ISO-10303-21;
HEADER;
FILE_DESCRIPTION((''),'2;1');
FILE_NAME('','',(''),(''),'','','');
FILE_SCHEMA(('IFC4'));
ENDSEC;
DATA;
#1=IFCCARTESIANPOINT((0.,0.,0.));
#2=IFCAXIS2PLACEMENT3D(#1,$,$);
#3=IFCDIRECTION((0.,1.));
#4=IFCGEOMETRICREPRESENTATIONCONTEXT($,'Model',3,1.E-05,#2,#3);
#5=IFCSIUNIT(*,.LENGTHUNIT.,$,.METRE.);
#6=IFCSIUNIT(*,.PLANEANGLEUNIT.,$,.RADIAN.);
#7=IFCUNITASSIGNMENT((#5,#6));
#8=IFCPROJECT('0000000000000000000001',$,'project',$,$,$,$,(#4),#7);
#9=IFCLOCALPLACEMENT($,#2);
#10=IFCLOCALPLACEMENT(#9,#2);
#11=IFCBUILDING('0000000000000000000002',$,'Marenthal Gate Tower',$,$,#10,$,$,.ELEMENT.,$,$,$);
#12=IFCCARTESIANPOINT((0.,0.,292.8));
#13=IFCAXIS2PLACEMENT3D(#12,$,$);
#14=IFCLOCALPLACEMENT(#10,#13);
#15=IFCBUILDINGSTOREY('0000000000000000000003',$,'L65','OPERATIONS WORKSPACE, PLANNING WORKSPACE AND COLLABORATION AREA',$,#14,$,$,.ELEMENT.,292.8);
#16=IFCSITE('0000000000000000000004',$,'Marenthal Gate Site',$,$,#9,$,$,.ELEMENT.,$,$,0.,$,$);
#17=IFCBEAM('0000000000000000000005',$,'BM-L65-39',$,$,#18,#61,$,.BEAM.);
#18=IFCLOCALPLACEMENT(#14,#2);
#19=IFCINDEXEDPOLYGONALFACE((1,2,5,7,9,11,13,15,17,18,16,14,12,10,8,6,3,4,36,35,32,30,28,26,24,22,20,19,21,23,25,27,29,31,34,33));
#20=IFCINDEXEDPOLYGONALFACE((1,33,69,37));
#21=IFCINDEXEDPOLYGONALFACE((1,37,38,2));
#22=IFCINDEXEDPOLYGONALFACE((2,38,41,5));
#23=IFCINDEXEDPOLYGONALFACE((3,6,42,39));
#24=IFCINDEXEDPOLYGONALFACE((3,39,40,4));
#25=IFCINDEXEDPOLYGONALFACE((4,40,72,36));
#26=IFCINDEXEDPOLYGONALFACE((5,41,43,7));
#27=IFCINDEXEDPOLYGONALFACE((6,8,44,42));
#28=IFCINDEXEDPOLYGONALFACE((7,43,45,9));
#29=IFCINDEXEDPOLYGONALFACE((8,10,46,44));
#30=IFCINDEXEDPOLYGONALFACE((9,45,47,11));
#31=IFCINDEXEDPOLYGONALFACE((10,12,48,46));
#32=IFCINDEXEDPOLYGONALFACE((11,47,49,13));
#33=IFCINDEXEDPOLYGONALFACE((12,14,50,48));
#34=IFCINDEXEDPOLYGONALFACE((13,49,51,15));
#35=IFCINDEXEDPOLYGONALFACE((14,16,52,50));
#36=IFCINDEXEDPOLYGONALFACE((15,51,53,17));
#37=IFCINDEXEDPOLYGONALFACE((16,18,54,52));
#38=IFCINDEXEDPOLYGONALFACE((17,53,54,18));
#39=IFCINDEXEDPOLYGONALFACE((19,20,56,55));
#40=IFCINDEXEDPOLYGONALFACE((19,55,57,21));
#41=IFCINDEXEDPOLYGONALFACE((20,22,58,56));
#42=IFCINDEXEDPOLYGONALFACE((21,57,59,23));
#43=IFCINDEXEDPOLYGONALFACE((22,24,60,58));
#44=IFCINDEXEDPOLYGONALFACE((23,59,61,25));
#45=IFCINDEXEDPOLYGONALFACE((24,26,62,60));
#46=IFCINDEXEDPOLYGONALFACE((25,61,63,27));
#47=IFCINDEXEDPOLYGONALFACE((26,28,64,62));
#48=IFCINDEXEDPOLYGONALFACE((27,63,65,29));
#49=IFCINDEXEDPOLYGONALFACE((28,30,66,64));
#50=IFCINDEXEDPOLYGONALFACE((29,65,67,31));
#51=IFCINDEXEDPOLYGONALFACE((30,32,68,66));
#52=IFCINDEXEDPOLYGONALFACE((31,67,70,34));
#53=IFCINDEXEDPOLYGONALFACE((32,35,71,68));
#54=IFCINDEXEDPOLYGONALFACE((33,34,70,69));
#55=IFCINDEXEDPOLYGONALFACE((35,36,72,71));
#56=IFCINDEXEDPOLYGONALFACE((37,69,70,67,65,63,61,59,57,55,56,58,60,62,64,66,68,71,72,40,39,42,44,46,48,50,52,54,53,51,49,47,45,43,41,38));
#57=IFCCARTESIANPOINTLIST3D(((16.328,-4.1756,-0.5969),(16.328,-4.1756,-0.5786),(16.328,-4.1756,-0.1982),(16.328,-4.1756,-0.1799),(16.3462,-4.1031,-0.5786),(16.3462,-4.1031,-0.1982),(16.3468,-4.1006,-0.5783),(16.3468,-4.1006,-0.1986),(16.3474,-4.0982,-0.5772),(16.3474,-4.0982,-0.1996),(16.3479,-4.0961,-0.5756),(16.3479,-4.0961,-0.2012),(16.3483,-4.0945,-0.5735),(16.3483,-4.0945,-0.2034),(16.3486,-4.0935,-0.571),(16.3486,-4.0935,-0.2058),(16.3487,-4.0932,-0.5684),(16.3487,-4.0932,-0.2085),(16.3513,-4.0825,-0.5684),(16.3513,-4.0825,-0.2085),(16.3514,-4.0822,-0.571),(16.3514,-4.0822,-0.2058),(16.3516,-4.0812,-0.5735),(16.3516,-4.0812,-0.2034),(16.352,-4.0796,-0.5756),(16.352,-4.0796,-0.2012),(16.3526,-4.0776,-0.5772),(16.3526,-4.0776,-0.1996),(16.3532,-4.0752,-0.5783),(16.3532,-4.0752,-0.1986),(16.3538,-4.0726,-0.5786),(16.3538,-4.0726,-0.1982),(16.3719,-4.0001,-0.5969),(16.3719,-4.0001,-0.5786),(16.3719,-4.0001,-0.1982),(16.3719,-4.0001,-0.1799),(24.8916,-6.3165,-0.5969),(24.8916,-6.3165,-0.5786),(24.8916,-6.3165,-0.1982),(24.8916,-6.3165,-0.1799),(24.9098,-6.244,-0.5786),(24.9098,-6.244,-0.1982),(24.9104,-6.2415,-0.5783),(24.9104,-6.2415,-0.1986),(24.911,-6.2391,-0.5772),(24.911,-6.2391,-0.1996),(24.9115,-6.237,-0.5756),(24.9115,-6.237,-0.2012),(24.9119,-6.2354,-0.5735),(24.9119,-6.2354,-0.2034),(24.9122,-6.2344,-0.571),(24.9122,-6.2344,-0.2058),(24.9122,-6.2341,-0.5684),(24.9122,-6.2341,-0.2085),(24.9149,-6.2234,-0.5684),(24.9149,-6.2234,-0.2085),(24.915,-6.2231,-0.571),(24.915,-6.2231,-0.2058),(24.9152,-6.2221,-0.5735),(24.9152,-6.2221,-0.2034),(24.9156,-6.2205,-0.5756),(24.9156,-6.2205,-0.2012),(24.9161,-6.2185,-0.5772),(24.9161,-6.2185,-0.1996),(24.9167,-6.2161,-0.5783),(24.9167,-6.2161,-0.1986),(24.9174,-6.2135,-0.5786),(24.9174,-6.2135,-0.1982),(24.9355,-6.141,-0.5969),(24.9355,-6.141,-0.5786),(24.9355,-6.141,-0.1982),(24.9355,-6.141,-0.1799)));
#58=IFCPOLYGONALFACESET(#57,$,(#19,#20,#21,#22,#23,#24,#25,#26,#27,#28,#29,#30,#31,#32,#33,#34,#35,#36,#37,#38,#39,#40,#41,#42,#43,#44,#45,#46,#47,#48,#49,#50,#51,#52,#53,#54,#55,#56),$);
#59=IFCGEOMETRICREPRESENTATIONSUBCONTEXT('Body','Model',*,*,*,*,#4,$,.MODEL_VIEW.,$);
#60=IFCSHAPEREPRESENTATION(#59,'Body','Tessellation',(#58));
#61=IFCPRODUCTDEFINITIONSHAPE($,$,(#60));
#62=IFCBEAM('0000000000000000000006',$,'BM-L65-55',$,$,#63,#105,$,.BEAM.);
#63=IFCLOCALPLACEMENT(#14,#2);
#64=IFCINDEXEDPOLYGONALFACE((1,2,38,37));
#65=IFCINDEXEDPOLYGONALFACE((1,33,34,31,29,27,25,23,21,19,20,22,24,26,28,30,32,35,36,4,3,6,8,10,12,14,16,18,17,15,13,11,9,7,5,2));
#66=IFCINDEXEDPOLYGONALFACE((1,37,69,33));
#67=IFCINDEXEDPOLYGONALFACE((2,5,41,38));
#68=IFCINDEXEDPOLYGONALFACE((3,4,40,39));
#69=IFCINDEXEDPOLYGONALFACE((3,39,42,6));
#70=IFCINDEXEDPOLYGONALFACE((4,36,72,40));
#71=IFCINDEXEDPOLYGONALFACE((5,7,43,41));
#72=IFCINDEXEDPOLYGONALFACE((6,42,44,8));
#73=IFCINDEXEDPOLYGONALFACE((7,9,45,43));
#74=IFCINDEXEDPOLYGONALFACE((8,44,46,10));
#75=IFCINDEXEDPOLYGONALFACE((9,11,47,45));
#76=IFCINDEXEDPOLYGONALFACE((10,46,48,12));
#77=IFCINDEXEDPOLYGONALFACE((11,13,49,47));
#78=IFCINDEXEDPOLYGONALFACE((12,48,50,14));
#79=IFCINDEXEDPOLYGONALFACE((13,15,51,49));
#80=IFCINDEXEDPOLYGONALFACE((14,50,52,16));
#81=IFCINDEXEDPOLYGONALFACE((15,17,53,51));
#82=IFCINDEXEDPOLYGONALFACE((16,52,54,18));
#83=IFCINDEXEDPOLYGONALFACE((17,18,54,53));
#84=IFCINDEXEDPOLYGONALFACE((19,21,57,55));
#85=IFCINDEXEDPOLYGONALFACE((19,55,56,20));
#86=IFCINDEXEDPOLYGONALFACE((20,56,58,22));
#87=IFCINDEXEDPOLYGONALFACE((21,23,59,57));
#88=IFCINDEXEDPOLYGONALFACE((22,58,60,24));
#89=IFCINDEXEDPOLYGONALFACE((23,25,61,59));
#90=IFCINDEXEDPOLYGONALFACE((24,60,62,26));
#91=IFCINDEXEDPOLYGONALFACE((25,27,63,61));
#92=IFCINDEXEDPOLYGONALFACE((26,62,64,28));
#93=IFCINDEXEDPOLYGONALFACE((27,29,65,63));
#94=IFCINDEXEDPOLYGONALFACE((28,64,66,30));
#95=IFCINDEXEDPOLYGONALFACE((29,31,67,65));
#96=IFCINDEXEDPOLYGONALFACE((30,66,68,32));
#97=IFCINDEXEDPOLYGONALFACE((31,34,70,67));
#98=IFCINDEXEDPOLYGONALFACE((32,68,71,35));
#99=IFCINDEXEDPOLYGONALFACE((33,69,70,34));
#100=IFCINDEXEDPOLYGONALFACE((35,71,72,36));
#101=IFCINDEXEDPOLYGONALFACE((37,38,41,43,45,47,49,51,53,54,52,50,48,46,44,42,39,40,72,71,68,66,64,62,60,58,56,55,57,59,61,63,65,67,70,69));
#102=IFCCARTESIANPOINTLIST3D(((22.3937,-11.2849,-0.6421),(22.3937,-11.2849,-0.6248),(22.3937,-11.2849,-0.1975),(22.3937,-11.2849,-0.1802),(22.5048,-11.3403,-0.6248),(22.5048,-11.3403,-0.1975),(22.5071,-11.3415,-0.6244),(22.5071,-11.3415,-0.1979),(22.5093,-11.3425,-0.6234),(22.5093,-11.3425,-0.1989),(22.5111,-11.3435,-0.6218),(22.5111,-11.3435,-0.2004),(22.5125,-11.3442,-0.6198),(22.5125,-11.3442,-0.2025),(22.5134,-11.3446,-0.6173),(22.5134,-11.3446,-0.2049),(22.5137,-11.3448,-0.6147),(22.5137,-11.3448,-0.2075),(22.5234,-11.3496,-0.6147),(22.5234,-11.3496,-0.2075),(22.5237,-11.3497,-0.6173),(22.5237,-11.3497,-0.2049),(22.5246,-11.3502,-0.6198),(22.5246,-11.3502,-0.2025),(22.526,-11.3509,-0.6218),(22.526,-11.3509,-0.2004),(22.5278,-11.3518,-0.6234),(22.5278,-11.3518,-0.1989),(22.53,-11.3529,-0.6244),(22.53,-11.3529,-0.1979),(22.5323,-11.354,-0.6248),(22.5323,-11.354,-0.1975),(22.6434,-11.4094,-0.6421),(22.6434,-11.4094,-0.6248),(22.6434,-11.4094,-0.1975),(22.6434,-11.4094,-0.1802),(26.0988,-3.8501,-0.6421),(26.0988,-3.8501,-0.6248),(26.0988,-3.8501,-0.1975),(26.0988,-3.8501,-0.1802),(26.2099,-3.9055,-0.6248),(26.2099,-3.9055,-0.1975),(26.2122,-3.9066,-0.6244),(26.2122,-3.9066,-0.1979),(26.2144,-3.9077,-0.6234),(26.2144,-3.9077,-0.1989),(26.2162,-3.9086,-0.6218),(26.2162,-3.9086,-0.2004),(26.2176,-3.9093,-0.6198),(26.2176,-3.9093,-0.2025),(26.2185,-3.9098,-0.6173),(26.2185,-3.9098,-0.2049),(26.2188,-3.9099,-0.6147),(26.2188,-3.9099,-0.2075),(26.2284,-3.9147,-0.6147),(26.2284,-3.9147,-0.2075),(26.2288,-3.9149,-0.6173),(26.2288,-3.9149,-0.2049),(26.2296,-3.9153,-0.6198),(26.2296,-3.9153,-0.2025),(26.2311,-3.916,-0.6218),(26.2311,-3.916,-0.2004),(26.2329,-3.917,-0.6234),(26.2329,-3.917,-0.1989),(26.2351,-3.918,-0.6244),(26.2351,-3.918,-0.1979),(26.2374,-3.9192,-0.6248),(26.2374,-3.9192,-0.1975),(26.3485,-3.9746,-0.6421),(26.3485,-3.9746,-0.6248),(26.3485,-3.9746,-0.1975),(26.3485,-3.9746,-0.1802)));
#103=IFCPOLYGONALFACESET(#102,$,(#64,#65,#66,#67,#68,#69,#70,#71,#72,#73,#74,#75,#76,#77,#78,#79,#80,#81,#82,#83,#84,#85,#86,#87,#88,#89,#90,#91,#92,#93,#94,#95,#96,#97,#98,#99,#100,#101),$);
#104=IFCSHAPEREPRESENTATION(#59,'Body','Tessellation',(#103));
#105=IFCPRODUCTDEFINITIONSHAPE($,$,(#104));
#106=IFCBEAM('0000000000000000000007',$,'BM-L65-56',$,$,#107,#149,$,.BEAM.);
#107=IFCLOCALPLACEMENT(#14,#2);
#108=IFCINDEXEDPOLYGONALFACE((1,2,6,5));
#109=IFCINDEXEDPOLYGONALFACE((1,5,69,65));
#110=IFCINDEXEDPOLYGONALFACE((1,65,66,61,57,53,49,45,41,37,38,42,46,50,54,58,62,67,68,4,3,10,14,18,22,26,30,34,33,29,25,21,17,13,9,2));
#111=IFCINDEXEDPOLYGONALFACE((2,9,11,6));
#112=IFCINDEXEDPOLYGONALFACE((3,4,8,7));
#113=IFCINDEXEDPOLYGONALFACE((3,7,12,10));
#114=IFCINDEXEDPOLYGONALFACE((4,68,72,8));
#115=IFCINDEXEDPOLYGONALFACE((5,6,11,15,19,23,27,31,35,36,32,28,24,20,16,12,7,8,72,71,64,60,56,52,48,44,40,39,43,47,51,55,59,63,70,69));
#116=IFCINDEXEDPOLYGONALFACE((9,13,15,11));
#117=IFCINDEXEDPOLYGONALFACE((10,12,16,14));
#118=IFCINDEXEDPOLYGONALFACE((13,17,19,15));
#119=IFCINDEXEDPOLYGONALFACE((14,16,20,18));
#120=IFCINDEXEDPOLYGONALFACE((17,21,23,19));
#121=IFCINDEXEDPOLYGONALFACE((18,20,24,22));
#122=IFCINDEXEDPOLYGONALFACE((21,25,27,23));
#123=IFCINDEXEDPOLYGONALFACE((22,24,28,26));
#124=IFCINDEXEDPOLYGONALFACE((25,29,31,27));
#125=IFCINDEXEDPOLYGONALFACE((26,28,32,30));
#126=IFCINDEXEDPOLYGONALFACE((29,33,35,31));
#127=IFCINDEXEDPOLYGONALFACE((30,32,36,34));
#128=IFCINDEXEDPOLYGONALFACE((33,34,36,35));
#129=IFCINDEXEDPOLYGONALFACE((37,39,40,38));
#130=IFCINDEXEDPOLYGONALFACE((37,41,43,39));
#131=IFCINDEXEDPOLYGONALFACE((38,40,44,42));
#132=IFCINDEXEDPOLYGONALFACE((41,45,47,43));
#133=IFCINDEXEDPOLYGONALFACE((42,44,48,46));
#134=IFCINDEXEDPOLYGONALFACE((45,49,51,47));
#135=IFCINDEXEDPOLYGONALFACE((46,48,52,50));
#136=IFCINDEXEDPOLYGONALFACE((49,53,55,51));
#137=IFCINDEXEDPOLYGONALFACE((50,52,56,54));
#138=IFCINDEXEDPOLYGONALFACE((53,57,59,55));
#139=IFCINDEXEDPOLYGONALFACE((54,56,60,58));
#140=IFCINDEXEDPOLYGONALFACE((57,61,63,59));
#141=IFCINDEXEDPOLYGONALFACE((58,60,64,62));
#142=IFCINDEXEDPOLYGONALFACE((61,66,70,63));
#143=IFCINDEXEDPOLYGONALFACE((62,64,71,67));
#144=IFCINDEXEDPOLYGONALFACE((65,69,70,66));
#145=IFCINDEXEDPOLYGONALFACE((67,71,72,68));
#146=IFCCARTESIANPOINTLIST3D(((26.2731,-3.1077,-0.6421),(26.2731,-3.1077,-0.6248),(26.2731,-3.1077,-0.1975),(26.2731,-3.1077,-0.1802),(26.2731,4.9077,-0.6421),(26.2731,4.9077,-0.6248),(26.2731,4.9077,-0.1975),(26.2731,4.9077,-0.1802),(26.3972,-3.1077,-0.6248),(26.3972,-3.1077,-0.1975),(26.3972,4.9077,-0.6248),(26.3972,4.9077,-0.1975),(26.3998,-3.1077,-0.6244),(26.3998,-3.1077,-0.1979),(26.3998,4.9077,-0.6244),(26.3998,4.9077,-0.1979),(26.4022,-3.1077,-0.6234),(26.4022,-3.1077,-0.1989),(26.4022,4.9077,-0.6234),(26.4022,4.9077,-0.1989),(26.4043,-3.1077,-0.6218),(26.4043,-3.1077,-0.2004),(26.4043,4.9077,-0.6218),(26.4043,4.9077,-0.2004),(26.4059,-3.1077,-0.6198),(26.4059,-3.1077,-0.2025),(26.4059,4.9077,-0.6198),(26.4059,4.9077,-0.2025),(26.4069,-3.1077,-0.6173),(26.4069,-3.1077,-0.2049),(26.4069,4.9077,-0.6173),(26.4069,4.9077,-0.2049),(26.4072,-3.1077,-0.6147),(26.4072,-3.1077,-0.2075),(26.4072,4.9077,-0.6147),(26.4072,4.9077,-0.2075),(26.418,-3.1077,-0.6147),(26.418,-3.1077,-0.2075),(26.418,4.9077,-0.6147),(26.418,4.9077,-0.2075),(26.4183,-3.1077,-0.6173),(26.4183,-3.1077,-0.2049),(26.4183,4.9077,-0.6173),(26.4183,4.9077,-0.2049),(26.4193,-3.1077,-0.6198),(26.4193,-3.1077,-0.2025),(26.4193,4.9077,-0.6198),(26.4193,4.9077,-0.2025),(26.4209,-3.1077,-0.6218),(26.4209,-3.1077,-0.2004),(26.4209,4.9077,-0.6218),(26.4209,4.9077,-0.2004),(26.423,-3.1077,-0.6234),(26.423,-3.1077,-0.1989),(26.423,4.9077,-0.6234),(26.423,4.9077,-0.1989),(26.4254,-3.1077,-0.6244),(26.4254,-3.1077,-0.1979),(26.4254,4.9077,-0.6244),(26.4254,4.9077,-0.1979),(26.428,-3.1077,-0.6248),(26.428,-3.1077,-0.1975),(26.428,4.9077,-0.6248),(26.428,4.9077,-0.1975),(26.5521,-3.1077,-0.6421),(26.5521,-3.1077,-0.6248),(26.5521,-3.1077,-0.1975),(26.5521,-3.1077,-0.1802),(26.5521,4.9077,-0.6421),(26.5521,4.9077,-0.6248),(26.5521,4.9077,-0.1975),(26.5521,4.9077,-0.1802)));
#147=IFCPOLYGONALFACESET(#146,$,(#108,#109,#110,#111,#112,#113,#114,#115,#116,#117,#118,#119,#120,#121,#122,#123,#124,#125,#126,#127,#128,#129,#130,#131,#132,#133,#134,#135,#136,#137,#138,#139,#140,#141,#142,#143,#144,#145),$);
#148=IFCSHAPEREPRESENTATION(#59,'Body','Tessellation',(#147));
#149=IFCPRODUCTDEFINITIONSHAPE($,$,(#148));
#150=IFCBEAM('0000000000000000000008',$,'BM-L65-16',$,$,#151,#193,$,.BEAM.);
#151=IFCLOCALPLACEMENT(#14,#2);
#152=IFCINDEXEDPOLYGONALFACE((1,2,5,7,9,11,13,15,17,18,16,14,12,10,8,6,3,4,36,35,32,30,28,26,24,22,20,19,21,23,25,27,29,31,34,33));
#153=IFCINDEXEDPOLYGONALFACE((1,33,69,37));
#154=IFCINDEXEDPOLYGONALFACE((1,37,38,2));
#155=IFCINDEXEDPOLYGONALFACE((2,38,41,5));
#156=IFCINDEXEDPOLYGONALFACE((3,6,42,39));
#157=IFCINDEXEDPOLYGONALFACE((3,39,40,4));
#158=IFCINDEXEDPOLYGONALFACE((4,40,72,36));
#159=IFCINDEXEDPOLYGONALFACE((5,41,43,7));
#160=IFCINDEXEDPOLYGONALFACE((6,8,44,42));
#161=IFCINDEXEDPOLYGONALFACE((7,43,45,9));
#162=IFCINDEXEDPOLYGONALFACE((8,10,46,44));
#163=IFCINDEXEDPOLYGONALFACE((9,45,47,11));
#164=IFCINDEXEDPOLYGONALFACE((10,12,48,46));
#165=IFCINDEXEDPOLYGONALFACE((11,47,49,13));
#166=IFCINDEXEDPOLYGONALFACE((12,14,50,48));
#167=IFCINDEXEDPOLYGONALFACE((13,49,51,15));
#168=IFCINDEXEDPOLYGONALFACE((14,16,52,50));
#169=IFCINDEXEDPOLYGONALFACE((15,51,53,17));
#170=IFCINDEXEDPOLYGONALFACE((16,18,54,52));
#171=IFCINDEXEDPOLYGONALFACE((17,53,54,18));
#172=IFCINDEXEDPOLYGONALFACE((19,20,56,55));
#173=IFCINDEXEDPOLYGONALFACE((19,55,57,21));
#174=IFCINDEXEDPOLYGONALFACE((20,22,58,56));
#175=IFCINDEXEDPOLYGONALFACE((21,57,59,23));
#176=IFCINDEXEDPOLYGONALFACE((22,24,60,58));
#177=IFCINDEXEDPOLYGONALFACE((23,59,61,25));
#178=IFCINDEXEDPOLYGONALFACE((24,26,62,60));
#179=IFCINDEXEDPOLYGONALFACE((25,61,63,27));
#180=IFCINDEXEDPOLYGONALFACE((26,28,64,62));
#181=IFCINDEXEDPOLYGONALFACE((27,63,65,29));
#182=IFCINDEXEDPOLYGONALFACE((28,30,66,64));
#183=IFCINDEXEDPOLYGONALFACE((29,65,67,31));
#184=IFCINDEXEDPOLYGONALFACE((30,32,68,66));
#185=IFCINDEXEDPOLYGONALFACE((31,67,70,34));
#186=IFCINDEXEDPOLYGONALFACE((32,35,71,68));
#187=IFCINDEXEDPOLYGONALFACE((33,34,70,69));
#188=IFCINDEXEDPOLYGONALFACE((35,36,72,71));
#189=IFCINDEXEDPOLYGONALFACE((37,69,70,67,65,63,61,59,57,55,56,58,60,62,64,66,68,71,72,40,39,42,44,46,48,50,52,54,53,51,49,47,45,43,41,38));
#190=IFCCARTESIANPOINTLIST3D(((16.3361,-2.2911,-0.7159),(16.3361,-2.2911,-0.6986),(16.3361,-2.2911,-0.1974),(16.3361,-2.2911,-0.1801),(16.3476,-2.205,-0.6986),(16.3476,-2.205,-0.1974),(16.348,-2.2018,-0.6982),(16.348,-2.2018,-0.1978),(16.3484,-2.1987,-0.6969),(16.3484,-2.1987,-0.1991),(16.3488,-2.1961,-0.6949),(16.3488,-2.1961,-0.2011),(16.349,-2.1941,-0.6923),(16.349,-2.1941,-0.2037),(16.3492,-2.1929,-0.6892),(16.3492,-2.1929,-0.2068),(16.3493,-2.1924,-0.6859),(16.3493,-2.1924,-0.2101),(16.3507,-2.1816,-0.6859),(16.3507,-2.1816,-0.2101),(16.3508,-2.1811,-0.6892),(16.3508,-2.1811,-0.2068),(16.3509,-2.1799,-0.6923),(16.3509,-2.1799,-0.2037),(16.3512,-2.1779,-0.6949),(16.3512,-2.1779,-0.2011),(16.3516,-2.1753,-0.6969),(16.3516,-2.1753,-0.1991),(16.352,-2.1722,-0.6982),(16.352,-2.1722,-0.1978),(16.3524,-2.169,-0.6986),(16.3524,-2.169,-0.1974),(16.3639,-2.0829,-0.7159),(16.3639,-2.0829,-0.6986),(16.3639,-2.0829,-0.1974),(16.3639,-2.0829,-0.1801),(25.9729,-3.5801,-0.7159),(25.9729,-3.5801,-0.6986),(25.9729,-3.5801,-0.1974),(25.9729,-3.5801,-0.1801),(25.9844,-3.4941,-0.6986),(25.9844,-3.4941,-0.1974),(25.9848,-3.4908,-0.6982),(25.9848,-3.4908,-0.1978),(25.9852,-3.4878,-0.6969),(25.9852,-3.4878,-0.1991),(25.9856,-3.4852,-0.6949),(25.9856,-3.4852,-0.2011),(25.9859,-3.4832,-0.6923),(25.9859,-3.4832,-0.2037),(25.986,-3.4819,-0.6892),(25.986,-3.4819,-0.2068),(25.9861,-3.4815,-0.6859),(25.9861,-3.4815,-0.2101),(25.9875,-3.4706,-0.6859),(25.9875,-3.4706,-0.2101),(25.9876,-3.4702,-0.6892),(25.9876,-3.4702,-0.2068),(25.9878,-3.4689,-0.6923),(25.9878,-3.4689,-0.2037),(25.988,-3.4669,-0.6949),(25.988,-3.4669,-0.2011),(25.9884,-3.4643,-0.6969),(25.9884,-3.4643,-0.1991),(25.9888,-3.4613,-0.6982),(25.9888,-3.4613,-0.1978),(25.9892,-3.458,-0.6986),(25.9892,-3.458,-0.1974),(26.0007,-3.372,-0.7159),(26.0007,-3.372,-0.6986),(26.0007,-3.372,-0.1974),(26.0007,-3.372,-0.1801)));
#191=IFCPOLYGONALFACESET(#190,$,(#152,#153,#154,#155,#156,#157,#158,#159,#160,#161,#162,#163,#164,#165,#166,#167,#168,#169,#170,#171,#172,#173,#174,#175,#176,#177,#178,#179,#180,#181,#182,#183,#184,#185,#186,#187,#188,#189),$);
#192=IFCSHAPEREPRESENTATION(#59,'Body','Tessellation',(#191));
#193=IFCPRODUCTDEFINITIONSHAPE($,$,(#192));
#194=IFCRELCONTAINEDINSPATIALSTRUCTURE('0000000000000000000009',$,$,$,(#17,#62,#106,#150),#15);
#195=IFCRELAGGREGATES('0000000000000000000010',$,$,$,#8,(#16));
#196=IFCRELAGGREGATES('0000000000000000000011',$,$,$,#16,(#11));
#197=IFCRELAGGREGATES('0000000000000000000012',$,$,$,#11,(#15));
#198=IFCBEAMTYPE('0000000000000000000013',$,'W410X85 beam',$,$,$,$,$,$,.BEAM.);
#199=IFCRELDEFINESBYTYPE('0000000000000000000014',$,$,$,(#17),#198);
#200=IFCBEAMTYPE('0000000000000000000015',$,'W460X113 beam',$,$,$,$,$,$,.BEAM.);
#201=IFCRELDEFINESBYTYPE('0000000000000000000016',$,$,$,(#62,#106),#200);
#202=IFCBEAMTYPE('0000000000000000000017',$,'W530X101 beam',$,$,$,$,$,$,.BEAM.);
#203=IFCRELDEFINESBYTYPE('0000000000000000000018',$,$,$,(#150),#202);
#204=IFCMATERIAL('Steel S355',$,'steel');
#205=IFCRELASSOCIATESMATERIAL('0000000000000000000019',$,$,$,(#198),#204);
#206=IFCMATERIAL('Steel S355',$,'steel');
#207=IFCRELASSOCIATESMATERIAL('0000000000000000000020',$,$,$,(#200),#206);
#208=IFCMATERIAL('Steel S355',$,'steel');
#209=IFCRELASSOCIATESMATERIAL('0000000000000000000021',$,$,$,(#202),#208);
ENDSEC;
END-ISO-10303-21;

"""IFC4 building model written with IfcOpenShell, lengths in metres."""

from ifc_helpers import new_model, si_unit, direction, frame, origin, origin_2d, place, context, subcontext, project, spatial, i_section, extrude, material, material_profile, profile_set, type_object, element, save


model = new_model("IFC4")

# Units and contexts
model_context = context("Model", 3, precision=1e-05, world=origin(), true_north=direction((0.0, 1.0)))
body_context = subcontext(model_context, "Body", "Model", "MODEL_VIEW")
ifc_project = project(units=[si_unit("LENGTHUNIT", "METRE"), si_unit("PLANEANGLEUNIT", "RADIAN")], contexts=[model_context])

# Site, building, storey
site_placement = place(None, origin())
site = spatial("IfcSite", under=ifc_project, at=site_placement, Name="Marenthal Gate Site", CompositionType="ELEMENT", RefElevation=0.0)
building_placement = place(site_placement, origin())
building = spatial("IfcBuilding", under=site, at=building_placement, Name="Marenthal Gate Tower", CompositionType="ELEMENT")
storey_placement = place(building_placement, frame((0.0, 0.0, 292.8)))
storey = spatial("IfcBuildingStorey", under=building, at=storey_placement, Name="L65", Description="OPERATIONS WORKSPACE, PLANNING WORKSPACE AND COLLABORATION AREA", CompositionType="ELEMENT", Elevation=292.8)

# Beams
ifc_material_1 = material(Name="Steel S355", Category="steel")
ifc_material_profile_1 = material_profile(ifc_material_1, i_section(OverallWidth=0.1809, OverallDepth=0.417, WebThickness=0.011, FlangeThickness=0.0183, FilletRadius=0.0103, at=origin_2d()), Name="W410X85")
ifc_profile_set_1 = profile_set([ifc_material_profile_1], Name="Steel S355")
beam_type_1 = type_object("IfcBeamType", Name="W410X85 beam", PredefinedType="BEAM", material=ifc_profile_set_1)
beam_1_placement = place(storey_placement, frame((24.9136, -6.2288, -0.3884), z_axis=(-0.970143, 0.242536, 0.0), x_axis=(-0.242536, -0.970143, 0.0)))
element("IfcBeam", 1, at=beam_1_placement, inside=storey, type_object=beam_type_1, Name="BM-L65-39", PredefinedType="BEAM", context=body_context, shape_type="SweptSolid", body=[
    extrude(i_section(OverallWidth=0.1809, OverallDepth=0.417, WebThickness=0.011, FlangeThickness=0.0183, FilletRadius=0.0103, at=origin_2d()), origin(), (0.0, 0.0, 1.0), 8.8271),
])
ifc_material_2 = material(Name="Steel S355", Category="steel")
ifc_material_profile_2 = material_profile(ifc_material_2, i_section(OverallWidth=0.2791, OverallDepth=0.4619, WebThickness=0.0107, FlangeThickness=0.0173, FilletRadius=0.01, at=origin_2d()), Name="W460X113")
ifc_profile_set_2 = profile_set([ifc_material_profile_2], Name="Steel S355")
beam_type_2 = type_object("IfcBeamType", Name="W460X113 beam", PredefinedType="BEAM", material=ifc_profile_set_2)
beam_2_placement = place(storey_placement, frame((22.5186, -11.3472, -0.4111), z_axis=(0.446026, 0.89502, 0.0), x_axis=(-0.89502, 0.446026, 0.0)))
element("IfcBeam", 2, at=beam_2_placement, inside=storey, type_object=beam_type_2, Name="BM-L65-55", PredefinedType="BEAM", context=body_context, shape_type="SweptSolid", body=[
    extrude(i_section(OverallWidth=0.2791, OverallDepth=0.4619, WebThickness=0.0107, FlangeThickness=0.0173, FilletRadius=0.01, at=origin_2d()), origin(), (0.0, 0.0, 1.0), 8.3069),
])
beam_3_placement = place(storey_placement, frame((26.4126, -3.1077, -0.4111), z_axis=(0.0, 1.0, 0.0), x_axis=(-1.0, 0.0, 0.0)))
element("IfcBeam", 3, at=beam_3_placement, inside=storey, type_object=beam_type_2, Name="BM-L65-56", PredefinedType="BEAM", context=body_context, shape_type="SweptSolid", body=[
    extrude(i_section(OverallWidth=0.2791, OverallDepth=0.4619, WebThickness=0.0107, FlangeThickness=0.0173, FilletRadius=0.01, at=origin_2d()), origin(), (0.0, 0.0, 1.0), 8.0154),
])
ifc_material_3 = material(Name="Steel S355", Category="steel")
ifc_material_profile_3 = material_profile(ifc_material_3, i_section(OverallWidth=0.21, OverallDepth=0.5359, WebThickness=0.011, FlangeThickness=0.0173, FilletRadius=0.0127, at=origin_2d()), Name="W530X101")
ifc_profile_set_3 = profile_set([ifc_material_profile_3], Name="Steel S355")
beam_type_3 = type_object("IfcBeamType", Name="W530X101 beam", PredefinedType="BEAM", material=ifc_profile_set_3)
beam_4_placement = place(storey_placement, frame((25.9868, -3.4761, -0.448), z_axis=(-0.991172, 0.132585, 0.0), x_axis=(-0.132585, -0.991172, 0.0)))
element("IfcBeam", 4, at=beam_4_placement, inside=storey, type_object=beam_type_3, Name="BM-L65-16", PredefinedType="BEAM", context=body_context, shape_type="SweptSolid", body=[
    extrude(i_section(OverallWidth=0.21, OverallDepth=0.5359, WebThickness=0.011, FlangeThickness=0.0173, FilletRadius=0.0127, at=origin_2d()), origin(), (0.0, 0.0, 1.0), 9.7227),
])

save(model, "model.ifc")
